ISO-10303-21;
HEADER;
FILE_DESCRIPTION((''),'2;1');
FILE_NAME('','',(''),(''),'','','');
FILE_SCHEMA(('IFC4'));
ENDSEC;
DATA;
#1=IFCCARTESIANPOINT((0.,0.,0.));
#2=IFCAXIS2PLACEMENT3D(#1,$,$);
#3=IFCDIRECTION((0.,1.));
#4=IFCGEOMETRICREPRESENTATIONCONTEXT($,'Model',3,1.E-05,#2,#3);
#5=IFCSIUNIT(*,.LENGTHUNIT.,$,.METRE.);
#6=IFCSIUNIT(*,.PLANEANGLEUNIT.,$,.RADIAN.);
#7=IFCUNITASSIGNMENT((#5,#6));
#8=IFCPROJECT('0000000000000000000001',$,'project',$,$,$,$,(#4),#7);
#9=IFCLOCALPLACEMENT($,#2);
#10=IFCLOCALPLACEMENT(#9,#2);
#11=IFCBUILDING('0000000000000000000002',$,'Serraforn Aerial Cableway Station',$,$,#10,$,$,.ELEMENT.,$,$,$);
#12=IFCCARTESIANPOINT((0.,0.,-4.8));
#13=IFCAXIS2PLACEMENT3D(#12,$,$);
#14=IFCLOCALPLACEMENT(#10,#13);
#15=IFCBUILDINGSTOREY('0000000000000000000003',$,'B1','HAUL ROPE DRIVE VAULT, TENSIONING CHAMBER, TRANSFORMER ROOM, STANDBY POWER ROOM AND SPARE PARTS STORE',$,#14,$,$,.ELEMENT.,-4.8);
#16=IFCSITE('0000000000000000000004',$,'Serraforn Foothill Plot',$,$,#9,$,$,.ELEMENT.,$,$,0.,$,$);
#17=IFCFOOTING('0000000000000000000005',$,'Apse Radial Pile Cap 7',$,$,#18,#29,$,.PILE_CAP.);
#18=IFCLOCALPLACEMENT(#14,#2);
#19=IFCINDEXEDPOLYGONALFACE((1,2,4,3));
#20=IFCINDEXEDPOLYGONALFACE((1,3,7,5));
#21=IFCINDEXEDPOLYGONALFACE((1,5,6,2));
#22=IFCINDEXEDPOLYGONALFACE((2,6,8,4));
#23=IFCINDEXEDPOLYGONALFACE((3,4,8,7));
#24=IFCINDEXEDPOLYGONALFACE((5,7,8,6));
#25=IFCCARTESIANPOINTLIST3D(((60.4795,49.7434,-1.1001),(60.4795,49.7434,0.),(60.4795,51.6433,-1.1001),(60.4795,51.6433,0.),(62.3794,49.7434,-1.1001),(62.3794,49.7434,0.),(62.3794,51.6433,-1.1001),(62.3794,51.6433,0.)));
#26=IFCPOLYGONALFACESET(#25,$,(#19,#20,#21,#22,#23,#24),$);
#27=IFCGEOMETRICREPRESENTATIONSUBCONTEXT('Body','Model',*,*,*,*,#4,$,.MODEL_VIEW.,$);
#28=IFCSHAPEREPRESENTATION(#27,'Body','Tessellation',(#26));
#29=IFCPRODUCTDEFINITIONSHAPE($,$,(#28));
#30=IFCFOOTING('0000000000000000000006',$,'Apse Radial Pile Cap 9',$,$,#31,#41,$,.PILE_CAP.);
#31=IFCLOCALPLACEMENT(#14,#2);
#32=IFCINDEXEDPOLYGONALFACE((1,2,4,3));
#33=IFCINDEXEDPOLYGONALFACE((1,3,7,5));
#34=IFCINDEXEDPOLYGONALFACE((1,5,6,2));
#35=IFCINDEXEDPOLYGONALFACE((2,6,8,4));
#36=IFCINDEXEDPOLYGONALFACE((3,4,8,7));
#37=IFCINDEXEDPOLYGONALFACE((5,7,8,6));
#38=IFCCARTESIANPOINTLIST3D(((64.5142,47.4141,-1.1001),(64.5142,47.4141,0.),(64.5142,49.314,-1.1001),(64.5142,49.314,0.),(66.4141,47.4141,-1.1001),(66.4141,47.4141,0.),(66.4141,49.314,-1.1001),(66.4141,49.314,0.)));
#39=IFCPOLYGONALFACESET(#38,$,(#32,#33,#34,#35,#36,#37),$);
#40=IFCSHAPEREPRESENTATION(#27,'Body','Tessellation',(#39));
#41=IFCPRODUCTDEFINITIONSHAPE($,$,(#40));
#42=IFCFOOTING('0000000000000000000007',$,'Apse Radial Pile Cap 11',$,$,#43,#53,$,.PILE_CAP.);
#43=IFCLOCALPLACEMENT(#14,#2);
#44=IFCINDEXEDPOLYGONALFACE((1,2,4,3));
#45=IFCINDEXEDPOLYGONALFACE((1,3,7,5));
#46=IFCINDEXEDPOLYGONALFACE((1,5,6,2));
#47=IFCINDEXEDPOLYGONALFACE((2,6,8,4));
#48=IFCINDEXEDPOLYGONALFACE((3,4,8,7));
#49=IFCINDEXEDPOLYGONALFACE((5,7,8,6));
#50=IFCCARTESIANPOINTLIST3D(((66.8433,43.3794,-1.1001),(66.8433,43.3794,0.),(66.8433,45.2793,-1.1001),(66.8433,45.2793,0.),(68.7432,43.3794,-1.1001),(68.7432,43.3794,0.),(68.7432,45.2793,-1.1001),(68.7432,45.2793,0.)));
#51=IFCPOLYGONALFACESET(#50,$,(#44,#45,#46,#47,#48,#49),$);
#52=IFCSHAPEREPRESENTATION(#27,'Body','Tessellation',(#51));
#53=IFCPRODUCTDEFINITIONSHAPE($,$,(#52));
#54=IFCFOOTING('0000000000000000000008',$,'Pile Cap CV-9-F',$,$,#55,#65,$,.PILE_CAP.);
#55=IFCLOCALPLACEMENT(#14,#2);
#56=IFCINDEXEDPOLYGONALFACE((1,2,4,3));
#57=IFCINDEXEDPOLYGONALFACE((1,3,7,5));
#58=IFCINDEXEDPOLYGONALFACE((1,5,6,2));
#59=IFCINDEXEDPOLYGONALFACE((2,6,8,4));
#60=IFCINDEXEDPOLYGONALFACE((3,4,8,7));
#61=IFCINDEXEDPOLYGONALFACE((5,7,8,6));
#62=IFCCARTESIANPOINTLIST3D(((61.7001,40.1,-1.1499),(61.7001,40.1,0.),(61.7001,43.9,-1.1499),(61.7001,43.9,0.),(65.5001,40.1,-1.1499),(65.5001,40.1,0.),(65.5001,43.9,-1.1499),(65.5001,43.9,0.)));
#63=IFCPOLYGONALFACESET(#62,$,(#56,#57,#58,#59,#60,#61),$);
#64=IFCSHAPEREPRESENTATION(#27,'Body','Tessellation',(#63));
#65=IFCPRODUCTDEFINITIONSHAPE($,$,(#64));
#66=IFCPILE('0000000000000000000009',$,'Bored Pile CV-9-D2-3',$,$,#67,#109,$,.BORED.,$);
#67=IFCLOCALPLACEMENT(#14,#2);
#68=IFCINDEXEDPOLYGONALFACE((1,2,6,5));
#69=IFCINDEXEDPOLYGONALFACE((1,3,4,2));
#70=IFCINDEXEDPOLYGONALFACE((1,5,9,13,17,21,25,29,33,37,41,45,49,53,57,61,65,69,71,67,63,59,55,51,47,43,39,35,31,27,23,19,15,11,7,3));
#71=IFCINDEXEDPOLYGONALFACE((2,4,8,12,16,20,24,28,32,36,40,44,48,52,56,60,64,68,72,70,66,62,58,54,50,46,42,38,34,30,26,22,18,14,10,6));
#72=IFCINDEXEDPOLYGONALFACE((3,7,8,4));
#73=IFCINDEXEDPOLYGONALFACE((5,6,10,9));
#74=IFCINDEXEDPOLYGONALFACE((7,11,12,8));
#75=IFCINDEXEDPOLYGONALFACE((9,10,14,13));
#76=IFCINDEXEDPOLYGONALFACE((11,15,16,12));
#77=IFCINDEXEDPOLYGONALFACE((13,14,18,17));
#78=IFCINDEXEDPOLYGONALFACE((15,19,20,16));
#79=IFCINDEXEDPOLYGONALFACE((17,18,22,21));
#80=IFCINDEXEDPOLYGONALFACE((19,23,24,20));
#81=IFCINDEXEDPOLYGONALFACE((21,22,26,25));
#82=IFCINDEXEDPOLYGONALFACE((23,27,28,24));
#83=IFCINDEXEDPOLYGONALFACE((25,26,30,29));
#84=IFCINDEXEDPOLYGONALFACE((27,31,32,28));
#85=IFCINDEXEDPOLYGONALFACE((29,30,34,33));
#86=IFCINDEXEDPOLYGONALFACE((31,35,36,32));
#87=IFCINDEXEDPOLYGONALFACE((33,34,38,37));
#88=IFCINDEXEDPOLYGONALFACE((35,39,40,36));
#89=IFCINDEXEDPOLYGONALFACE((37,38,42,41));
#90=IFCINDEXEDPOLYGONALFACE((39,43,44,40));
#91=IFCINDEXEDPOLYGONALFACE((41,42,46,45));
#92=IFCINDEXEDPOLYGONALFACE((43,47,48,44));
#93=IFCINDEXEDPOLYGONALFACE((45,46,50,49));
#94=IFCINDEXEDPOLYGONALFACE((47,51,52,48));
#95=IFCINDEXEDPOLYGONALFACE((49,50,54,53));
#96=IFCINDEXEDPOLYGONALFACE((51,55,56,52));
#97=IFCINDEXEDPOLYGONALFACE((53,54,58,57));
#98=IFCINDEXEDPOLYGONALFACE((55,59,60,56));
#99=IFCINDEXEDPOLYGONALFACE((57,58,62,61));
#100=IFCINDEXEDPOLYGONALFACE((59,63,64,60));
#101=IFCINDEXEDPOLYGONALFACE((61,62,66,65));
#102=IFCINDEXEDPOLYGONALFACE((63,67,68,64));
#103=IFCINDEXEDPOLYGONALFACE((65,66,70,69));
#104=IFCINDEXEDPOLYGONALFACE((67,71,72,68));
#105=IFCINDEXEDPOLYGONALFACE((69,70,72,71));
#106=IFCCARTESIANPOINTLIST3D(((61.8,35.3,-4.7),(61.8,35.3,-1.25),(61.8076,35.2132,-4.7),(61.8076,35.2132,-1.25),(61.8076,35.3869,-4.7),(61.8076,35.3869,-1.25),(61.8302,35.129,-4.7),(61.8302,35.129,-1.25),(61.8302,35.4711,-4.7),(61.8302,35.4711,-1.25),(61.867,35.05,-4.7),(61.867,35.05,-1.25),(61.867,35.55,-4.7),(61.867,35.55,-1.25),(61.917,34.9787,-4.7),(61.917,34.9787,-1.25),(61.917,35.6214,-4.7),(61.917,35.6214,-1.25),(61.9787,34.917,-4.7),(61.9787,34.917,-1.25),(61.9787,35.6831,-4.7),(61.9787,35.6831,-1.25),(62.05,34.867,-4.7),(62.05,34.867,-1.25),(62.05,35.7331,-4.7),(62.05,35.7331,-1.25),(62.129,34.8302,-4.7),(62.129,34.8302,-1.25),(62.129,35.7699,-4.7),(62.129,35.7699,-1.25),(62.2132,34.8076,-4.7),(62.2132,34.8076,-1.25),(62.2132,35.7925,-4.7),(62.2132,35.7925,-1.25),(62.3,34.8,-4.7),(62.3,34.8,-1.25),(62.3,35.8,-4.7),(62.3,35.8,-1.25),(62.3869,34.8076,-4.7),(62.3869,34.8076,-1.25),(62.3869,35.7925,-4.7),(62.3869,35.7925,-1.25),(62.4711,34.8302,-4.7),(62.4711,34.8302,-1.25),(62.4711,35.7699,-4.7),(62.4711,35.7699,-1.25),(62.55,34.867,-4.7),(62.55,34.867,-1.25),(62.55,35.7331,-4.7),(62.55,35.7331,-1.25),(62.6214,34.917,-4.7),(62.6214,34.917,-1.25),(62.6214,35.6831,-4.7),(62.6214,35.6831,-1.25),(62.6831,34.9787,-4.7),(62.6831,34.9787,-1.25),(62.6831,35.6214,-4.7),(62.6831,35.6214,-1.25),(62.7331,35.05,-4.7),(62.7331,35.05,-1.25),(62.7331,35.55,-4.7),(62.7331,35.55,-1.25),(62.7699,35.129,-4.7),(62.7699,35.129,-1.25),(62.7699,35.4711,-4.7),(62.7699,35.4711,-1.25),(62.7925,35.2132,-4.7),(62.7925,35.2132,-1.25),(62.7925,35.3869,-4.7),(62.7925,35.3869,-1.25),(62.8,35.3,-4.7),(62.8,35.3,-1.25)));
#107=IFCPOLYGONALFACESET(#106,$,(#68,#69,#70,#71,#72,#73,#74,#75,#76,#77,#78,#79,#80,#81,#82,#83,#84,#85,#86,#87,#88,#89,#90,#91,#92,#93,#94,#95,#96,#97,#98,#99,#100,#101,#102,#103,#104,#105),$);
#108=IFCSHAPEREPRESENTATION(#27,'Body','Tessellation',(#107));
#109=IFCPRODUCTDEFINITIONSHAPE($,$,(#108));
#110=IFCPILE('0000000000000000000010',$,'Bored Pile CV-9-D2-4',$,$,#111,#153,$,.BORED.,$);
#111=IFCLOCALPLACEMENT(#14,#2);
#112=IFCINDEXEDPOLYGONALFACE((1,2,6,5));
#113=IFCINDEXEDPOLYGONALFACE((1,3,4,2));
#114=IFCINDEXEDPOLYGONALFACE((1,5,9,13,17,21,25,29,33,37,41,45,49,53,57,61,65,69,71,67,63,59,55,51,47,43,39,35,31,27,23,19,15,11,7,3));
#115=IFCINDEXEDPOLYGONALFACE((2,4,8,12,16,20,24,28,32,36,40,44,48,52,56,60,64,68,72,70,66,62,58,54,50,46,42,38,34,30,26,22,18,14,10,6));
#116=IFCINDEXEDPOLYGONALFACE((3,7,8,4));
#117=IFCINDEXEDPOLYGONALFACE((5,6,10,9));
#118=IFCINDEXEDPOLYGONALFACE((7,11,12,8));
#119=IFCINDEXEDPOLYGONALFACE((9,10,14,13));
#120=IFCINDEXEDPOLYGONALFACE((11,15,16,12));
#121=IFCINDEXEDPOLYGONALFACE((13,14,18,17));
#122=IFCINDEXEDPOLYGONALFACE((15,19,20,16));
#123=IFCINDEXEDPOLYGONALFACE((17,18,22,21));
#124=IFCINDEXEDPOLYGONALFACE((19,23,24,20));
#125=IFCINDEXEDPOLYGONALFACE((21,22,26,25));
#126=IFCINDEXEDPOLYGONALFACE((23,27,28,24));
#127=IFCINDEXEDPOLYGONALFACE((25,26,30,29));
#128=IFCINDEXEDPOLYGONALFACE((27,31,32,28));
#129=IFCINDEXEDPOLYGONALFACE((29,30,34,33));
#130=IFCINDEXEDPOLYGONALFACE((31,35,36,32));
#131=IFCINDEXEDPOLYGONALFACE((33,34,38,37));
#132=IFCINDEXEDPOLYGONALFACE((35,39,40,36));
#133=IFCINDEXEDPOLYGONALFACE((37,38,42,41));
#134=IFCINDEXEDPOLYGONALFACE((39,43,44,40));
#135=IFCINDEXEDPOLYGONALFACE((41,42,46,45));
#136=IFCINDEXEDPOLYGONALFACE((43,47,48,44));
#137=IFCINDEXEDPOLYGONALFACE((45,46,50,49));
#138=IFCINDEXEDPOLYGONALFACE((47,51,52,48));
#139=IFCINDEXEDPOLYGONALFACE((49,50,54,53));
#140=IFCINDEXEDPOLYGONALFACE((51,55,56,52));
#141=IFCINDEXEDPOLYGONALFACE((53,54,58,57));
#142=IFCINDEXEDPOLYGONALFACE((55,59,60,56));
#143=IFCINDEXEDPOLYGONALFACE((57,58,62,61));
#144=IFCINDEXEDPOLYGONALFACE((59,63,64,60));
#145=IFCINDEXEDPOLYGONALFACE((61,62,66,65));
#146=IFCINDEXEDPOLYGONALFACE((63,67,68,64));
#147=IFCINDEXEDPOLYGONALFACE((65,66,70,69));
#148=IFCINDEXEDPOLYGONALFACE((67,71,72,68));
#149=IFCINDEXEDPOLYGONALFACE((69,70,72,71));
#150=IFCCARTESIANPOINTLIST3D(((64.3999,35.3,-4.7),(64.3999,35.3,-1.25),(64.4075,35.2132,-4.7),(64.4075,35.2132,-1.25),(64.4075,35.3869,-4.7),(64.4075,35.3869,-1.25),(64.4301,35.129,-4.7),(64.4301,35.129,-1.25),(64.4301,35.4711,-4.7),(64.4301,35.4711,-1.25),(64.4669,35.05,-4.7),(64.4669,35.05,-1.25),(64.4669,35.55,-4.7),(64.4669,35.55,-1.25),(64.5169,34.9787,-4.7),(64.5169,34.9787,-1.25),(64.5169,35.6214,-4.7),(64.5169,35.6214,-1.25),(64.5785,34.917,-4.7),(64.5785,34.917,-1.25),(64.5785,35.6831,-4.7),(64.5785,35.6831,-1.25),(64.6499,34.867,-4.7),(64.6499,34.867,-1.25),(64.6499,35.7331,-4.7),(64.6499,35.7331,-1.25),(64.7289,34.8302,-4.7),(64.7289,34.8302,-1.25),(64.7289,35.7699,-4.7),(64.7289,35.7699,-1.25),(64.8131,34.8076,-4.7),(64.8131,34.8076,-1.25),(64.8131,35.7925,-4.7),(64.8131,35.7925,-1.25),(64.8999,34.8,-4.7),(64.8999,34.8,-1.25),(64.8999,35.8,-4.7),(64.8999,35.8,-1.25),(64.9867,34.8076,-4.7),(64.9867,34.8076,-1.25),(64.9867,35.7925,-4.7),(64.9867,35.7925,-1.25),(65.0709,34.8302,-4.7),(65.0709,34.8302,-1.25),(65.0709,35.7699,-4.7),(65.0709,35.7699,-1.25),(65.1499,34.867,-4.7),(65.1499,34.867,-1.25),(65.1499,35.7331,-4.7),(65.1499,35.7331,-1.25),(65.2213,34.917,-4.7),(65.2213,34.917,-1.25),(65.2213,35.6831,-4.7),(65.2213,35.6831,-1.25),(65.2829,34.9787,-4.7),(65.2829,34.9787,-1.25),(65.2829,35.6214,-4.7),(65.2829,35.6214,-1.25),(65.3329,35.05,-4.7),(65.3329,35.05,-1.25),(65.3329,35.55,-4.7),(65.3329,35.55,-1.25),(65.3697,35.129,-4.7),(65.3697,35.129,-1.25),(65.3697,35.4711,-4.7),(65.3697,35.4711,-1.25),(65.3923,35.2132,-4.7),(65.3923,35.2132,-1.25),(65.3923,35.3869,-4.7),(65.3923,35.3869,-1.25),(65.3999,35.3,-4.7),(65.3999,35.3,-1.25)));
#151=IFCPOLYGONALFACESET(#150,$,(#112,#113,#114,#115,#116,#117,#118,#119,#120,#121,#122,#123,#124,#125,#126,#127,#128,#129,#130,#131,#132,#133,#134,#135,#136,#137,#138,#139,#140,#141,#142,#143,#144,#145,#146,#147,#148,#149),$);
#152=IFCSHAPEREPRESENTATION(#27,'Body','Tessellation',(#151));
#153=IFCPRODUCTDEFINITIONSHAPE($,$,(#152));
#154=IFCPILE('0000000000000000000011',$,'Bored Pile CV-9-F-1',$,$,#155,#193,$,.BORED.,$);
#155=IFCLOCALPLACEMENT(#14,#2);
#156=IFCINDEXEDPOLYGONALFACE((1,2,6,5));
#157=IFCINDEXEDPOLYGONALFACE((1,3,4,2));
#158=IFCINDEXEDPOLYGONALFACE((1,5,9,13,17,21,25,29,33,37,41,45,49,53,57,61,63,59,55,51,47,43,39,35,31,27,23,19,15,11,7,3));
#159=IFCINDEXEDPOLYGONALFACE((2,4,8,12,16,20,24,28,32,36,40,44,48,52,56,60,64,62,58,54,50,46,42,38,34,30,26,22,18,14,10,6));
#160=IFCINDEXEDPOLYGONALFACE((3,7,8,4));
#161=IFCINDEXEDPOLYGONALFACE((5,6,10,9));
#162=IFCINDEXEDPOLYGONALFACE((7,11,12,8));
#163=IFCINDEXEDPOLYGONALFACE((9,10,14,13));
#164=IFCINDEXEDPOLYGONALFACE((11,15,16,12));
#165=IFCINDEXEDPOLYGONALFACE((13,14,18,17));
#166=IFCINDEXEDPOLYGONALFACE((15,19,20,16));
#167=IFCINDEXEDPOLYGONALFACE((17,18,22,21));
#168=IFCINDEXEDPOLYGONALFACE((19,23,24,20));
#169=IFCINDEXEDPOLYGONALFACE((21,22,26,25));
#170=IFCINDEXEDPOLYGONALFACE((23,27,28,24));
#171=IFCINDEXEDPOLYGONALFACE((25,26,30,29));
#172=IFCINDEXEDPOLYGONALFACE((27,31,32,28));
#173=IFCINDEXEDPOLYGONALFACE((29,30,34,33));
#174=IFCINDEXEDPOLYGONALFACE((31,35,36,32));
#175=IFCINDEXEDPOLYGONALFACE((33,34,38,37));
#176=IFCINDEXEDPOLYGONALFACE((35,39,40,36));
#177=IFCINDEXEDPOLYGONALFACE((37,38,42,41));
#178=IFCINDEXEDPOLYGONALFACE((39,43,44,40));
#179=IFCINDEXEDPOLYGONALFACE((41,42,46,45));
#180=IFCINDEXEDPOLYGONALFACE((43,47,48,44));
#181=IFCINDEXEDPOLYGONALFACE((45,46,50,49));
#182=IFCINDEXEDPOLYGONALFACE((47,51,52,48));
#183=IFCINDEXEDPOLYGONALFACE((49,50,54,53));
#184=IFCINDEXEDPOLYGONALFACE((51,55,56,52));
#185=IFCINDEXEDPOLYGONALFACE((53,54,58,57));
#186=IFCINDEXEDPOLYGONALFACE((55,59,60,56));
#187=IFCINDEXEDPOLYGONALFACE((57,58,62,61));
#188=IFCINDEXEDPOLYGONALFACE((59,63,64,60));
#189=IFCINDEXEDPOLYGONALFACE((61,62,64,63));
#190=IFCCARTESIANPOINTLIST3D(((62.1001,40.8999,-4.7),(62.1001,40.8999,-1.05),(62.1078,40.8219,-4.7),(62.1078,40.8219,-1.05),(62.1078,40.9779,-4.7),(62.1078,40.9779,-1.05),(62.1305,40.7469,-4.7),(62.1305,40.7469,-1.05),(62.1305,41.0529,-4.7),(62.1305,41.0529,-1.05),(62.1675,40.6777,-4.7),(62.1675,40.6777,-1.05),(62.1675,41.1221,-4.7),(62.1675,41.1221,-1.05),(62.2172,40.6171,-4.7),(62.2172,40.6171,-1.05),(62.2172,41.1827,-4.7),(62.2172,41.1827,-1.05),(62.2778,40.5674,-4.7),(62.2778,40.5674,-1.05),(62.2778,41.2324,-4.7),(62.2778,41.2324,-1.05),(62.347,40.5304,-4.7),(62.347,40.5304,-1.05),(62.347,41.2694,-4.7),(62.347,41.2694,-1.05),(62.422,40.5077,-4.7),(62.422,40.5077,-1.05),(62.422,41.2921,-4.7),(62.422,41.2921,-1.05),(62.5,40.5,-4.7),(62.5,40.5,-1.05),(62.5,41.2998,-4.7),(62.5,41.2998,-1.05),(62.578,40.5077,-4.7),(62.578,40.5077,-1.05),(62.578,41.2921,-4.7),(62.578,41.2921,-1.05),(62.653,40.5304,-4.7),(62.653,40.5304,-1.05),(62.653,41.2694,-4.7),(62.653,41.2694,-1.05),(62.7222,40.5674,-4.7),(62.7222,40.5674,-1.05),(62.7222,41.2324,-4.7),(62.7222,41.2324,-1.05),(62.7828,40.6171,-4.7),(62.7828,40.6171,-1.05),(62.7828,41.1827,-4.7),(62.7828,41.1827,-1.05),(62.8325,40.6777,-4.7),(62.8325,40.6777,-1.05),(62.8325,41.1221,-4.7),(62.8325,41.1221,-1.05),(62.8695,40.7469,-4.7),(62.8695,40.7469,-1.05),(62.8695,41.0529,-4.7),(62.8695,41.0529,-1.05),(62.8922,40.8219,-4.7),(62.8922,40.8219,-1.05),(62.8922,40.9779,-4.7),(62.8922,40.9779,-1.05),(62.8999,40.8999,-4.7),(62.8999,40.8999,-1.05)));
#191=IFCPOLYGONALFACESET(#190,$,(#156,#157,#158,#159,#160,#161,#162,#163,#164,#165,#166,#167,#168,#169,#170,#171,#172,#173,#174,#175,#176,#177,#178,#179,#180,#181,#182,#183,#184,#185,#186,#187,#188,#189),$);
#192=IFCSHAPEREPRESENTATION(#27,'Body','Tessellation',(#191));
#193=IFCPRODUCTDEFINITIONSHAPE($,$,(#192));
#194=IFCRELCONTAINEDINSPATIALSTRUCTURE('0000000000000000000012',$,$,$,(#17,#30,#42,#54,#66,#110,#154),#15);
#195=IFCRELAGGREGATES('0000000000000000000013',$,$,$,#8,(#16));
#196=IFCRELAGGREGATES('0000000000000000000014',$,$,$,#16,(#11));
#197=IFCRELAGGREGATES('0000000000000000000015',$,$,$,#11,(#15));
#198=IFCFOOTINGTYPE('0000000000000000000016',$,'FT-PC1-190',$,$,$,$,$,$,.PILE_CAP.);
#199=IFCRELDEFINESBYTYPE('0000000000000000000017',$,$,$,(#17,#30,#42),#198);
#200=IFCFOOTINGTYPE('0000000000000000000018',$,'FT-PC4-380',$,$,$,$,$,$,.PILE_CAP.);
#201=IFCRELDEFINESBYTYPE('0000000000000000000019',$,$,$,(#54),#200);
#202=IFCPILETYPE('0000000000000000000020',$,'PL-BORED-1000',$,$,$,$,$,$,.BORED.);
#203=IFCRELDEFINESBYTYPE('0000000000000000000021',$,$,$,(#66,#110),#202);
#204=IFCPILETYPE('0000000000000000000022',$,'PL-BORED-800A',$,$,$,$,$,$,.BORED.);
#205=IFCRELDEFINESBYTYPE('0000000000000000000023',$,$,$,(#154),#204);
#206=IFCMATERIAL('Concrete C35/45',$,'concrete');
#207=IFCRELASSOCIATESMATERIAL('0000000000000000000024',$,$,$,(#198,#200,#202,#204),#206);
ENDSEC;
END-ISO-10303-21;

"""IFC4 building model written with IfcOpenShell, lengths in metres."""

from ifc_helpers import new_model, si_unit, direction, frame, origin, origin_2d, place, context, subcontext, project, spatial, rectangle, circle, extrude, material, material_profile, profile_set, type_object, element, save


model = new_model("IFC4")

# Units and contexts
model_context = context("Model", 3, precision=1e-05, world=origin(), true_north=direction((0.0, 1.0)))
body_context = subcontext(model_context, "Body", "Model", "MODEL_VIEW")
ifc_project = project(units=[si_unit("LENGTHUNIT", "METRE"), si_unit("PLANEANGLEUNIT", "RADIAN")], contexts=[model_context])

# Site, building, storey
site_placement = place(None, origin())
site = spatial("IfcSite", under=ifc_project, at=site_placement, Name="Serraforn Foothill Plot", CompositionType="ELEMENT", RefElevation=0.0)
building_placement = place(site_placement, origin())
building = spatial("IfcBuilding", under=site, at=building_placement, Name="Serraforn Aerial Cableway Station", CompositionType="ELEMENT")
storey_placement = place(building_placement, frame((0.0, 0.0, -4.8)))
storey = spatial("IfcBuildingStorey", under=building, at=storey_placement, Name="B1", Description="HAUL ROPE DRIVE VAULT, TENSIONING CHAMBER, TRANSFORMER ROOM, STANDBY POWER ROOM AND SPARE PARTS STORE", CompositionType="ELEMENT", Elevation=-4.8)

# Footings
ifc_material_1 = material(Name="Concrete C35/45", Category="concrete")
footing_type_1 = type_object("IfcFootingType", Name="FT-PC1-190", PredefinedType="PILE_CAP", material=ifc_material_1)
for number, where, z_axis, x_axis, name in (
    (1, (61.4294, 50.6934, -1.1001), (0.0, 0.0, 1.0), (1.0, 0.0, 0.0), "Apse Radial Pile Cap 7"),
    (2, (65.4641, 48.364, -1.1001), (0.0, 0.0, 1.0), (1.0, 0.0, 0.0), "Apse Radial Pile Cap 9"),
    (3, (67.7932, 44.3293, -1.1001), (0.0, 0.0, 1.0), (1.0, 0.0, 0.0), "Apse Radial Pile Cap 11"),
):
    element("IfcFooting", number, at=place(storey_placement, frame(where, z_axis=z_axis, x_axis=x_axis)), inside=storey, type_object=footing_type_1, Name=name, PredefinedType="PILE_CAP", context=body_context, shape_type="SweptSolid", body=[
        extrude(rectangle(XDim=1.8999, YDim=1.8999, at=origin_2d()), origin(), (0.0, 0.0, 1.0), 1.1001),
    ])
footing_type_2 = type_object("IfcFootingType", Name="FT-PC4-380", PredefinedType="PILE_CAP", material=ifc_material_1)
footing_placement = place(storey_placement, frame((63.6001, 42.0, -1.1499), z_axis=(0.0, 0.0, 1.0), x_axis=(1.0, 0.0, 0.0)))
element("IfcFooting", 4, at=footing_placement, inside=storey, type_object=footing_type_2, Name="Pile Cap CV-9-F", PredefinedType="PILE_CAP", context=body_context, shape_type="SweptSolid", body=[
    extrude(rectangle(XDim=3.8, YDim=3.8, at=origin_2d()), origin(), (0.0, 0.0, 1.0), 1.1499),
])

# Piles
ifc_material_profile_1 = material_profile(ifc_material_1, circle(Radius=0.5, at=origin_2d()), Name="BORED PILE D1000")
ifc_profile_set_1 = profile_set([ifc_material_profile_1], Name="Concrete C35/45")
pile_type_1 = type_object("IfcPileType", Name="PL-BORED-1000", PredefinedType="BORED", material=ifc_profile_set_1)
for number, where, z_axis, x_axis, name in (
    (5, (62.3, 35.3, -1.25), (0.0, 0.0, -1.0), (1.0, 0.0, 0.0), "Bored Pile CV-9-D2-3"),
    (6, (64.8999, 35.3, -1.25), (0.0, 0.0, -1.0), (1.0, 0.0, 0.0), "Bored Pile CV-9-D2-4"),
):
    element("IfcPile", number, at=place(storey_placement, frame(where, z_axis=z_axis, x_axis=x_axis)), inside=storey, type_object=pile_type_1, Name=name, PredefinedType="BORED", context=body_context, shape_type="SweptSolid", body=[
        extrude(circle(Radius=0.5, at=origin_2d()), origin(), (0.0, 0.0, 1.0), 3.45),
    ])
ifc_material_profile_2 = material_profile(ifc_material_1, circle(Radius=0.3999, at=origin_2d()), Name="BORED PILE D800")
ifc_profile_set_2 = profile_set([ifc_material_profile_2], Name="Concrete C35/45")
pile_type_2 = type_object("IfcPileType", Name="PL-BORED-800A", PredefinedType="BORED", material=ifc_profile_set_2)
for number, where, z_axis, x_axis, name in (
    (7, (62.5, 40.8999, -1.05), (0.0, 0.0, -1.0), (1.0, 0.0, 0.0), "Bored Pile CV-9-F-1"),
):
    element("IfcPile", number, at=place(storey_placement, frame(where, z_axis=z_axis, x_axis=x_axis)), inside=storey, type_object=pile_type_2, Name=name, PredefinedType="BORED", context=body_context, shape_type="SweptSolid", body=[
        extrude(circle(Radius=0.3999, at=origin_2d()), origin(), (0.0, 0.0, 1.0), 3.6499),
    ])

save(model, "model.ifc")
